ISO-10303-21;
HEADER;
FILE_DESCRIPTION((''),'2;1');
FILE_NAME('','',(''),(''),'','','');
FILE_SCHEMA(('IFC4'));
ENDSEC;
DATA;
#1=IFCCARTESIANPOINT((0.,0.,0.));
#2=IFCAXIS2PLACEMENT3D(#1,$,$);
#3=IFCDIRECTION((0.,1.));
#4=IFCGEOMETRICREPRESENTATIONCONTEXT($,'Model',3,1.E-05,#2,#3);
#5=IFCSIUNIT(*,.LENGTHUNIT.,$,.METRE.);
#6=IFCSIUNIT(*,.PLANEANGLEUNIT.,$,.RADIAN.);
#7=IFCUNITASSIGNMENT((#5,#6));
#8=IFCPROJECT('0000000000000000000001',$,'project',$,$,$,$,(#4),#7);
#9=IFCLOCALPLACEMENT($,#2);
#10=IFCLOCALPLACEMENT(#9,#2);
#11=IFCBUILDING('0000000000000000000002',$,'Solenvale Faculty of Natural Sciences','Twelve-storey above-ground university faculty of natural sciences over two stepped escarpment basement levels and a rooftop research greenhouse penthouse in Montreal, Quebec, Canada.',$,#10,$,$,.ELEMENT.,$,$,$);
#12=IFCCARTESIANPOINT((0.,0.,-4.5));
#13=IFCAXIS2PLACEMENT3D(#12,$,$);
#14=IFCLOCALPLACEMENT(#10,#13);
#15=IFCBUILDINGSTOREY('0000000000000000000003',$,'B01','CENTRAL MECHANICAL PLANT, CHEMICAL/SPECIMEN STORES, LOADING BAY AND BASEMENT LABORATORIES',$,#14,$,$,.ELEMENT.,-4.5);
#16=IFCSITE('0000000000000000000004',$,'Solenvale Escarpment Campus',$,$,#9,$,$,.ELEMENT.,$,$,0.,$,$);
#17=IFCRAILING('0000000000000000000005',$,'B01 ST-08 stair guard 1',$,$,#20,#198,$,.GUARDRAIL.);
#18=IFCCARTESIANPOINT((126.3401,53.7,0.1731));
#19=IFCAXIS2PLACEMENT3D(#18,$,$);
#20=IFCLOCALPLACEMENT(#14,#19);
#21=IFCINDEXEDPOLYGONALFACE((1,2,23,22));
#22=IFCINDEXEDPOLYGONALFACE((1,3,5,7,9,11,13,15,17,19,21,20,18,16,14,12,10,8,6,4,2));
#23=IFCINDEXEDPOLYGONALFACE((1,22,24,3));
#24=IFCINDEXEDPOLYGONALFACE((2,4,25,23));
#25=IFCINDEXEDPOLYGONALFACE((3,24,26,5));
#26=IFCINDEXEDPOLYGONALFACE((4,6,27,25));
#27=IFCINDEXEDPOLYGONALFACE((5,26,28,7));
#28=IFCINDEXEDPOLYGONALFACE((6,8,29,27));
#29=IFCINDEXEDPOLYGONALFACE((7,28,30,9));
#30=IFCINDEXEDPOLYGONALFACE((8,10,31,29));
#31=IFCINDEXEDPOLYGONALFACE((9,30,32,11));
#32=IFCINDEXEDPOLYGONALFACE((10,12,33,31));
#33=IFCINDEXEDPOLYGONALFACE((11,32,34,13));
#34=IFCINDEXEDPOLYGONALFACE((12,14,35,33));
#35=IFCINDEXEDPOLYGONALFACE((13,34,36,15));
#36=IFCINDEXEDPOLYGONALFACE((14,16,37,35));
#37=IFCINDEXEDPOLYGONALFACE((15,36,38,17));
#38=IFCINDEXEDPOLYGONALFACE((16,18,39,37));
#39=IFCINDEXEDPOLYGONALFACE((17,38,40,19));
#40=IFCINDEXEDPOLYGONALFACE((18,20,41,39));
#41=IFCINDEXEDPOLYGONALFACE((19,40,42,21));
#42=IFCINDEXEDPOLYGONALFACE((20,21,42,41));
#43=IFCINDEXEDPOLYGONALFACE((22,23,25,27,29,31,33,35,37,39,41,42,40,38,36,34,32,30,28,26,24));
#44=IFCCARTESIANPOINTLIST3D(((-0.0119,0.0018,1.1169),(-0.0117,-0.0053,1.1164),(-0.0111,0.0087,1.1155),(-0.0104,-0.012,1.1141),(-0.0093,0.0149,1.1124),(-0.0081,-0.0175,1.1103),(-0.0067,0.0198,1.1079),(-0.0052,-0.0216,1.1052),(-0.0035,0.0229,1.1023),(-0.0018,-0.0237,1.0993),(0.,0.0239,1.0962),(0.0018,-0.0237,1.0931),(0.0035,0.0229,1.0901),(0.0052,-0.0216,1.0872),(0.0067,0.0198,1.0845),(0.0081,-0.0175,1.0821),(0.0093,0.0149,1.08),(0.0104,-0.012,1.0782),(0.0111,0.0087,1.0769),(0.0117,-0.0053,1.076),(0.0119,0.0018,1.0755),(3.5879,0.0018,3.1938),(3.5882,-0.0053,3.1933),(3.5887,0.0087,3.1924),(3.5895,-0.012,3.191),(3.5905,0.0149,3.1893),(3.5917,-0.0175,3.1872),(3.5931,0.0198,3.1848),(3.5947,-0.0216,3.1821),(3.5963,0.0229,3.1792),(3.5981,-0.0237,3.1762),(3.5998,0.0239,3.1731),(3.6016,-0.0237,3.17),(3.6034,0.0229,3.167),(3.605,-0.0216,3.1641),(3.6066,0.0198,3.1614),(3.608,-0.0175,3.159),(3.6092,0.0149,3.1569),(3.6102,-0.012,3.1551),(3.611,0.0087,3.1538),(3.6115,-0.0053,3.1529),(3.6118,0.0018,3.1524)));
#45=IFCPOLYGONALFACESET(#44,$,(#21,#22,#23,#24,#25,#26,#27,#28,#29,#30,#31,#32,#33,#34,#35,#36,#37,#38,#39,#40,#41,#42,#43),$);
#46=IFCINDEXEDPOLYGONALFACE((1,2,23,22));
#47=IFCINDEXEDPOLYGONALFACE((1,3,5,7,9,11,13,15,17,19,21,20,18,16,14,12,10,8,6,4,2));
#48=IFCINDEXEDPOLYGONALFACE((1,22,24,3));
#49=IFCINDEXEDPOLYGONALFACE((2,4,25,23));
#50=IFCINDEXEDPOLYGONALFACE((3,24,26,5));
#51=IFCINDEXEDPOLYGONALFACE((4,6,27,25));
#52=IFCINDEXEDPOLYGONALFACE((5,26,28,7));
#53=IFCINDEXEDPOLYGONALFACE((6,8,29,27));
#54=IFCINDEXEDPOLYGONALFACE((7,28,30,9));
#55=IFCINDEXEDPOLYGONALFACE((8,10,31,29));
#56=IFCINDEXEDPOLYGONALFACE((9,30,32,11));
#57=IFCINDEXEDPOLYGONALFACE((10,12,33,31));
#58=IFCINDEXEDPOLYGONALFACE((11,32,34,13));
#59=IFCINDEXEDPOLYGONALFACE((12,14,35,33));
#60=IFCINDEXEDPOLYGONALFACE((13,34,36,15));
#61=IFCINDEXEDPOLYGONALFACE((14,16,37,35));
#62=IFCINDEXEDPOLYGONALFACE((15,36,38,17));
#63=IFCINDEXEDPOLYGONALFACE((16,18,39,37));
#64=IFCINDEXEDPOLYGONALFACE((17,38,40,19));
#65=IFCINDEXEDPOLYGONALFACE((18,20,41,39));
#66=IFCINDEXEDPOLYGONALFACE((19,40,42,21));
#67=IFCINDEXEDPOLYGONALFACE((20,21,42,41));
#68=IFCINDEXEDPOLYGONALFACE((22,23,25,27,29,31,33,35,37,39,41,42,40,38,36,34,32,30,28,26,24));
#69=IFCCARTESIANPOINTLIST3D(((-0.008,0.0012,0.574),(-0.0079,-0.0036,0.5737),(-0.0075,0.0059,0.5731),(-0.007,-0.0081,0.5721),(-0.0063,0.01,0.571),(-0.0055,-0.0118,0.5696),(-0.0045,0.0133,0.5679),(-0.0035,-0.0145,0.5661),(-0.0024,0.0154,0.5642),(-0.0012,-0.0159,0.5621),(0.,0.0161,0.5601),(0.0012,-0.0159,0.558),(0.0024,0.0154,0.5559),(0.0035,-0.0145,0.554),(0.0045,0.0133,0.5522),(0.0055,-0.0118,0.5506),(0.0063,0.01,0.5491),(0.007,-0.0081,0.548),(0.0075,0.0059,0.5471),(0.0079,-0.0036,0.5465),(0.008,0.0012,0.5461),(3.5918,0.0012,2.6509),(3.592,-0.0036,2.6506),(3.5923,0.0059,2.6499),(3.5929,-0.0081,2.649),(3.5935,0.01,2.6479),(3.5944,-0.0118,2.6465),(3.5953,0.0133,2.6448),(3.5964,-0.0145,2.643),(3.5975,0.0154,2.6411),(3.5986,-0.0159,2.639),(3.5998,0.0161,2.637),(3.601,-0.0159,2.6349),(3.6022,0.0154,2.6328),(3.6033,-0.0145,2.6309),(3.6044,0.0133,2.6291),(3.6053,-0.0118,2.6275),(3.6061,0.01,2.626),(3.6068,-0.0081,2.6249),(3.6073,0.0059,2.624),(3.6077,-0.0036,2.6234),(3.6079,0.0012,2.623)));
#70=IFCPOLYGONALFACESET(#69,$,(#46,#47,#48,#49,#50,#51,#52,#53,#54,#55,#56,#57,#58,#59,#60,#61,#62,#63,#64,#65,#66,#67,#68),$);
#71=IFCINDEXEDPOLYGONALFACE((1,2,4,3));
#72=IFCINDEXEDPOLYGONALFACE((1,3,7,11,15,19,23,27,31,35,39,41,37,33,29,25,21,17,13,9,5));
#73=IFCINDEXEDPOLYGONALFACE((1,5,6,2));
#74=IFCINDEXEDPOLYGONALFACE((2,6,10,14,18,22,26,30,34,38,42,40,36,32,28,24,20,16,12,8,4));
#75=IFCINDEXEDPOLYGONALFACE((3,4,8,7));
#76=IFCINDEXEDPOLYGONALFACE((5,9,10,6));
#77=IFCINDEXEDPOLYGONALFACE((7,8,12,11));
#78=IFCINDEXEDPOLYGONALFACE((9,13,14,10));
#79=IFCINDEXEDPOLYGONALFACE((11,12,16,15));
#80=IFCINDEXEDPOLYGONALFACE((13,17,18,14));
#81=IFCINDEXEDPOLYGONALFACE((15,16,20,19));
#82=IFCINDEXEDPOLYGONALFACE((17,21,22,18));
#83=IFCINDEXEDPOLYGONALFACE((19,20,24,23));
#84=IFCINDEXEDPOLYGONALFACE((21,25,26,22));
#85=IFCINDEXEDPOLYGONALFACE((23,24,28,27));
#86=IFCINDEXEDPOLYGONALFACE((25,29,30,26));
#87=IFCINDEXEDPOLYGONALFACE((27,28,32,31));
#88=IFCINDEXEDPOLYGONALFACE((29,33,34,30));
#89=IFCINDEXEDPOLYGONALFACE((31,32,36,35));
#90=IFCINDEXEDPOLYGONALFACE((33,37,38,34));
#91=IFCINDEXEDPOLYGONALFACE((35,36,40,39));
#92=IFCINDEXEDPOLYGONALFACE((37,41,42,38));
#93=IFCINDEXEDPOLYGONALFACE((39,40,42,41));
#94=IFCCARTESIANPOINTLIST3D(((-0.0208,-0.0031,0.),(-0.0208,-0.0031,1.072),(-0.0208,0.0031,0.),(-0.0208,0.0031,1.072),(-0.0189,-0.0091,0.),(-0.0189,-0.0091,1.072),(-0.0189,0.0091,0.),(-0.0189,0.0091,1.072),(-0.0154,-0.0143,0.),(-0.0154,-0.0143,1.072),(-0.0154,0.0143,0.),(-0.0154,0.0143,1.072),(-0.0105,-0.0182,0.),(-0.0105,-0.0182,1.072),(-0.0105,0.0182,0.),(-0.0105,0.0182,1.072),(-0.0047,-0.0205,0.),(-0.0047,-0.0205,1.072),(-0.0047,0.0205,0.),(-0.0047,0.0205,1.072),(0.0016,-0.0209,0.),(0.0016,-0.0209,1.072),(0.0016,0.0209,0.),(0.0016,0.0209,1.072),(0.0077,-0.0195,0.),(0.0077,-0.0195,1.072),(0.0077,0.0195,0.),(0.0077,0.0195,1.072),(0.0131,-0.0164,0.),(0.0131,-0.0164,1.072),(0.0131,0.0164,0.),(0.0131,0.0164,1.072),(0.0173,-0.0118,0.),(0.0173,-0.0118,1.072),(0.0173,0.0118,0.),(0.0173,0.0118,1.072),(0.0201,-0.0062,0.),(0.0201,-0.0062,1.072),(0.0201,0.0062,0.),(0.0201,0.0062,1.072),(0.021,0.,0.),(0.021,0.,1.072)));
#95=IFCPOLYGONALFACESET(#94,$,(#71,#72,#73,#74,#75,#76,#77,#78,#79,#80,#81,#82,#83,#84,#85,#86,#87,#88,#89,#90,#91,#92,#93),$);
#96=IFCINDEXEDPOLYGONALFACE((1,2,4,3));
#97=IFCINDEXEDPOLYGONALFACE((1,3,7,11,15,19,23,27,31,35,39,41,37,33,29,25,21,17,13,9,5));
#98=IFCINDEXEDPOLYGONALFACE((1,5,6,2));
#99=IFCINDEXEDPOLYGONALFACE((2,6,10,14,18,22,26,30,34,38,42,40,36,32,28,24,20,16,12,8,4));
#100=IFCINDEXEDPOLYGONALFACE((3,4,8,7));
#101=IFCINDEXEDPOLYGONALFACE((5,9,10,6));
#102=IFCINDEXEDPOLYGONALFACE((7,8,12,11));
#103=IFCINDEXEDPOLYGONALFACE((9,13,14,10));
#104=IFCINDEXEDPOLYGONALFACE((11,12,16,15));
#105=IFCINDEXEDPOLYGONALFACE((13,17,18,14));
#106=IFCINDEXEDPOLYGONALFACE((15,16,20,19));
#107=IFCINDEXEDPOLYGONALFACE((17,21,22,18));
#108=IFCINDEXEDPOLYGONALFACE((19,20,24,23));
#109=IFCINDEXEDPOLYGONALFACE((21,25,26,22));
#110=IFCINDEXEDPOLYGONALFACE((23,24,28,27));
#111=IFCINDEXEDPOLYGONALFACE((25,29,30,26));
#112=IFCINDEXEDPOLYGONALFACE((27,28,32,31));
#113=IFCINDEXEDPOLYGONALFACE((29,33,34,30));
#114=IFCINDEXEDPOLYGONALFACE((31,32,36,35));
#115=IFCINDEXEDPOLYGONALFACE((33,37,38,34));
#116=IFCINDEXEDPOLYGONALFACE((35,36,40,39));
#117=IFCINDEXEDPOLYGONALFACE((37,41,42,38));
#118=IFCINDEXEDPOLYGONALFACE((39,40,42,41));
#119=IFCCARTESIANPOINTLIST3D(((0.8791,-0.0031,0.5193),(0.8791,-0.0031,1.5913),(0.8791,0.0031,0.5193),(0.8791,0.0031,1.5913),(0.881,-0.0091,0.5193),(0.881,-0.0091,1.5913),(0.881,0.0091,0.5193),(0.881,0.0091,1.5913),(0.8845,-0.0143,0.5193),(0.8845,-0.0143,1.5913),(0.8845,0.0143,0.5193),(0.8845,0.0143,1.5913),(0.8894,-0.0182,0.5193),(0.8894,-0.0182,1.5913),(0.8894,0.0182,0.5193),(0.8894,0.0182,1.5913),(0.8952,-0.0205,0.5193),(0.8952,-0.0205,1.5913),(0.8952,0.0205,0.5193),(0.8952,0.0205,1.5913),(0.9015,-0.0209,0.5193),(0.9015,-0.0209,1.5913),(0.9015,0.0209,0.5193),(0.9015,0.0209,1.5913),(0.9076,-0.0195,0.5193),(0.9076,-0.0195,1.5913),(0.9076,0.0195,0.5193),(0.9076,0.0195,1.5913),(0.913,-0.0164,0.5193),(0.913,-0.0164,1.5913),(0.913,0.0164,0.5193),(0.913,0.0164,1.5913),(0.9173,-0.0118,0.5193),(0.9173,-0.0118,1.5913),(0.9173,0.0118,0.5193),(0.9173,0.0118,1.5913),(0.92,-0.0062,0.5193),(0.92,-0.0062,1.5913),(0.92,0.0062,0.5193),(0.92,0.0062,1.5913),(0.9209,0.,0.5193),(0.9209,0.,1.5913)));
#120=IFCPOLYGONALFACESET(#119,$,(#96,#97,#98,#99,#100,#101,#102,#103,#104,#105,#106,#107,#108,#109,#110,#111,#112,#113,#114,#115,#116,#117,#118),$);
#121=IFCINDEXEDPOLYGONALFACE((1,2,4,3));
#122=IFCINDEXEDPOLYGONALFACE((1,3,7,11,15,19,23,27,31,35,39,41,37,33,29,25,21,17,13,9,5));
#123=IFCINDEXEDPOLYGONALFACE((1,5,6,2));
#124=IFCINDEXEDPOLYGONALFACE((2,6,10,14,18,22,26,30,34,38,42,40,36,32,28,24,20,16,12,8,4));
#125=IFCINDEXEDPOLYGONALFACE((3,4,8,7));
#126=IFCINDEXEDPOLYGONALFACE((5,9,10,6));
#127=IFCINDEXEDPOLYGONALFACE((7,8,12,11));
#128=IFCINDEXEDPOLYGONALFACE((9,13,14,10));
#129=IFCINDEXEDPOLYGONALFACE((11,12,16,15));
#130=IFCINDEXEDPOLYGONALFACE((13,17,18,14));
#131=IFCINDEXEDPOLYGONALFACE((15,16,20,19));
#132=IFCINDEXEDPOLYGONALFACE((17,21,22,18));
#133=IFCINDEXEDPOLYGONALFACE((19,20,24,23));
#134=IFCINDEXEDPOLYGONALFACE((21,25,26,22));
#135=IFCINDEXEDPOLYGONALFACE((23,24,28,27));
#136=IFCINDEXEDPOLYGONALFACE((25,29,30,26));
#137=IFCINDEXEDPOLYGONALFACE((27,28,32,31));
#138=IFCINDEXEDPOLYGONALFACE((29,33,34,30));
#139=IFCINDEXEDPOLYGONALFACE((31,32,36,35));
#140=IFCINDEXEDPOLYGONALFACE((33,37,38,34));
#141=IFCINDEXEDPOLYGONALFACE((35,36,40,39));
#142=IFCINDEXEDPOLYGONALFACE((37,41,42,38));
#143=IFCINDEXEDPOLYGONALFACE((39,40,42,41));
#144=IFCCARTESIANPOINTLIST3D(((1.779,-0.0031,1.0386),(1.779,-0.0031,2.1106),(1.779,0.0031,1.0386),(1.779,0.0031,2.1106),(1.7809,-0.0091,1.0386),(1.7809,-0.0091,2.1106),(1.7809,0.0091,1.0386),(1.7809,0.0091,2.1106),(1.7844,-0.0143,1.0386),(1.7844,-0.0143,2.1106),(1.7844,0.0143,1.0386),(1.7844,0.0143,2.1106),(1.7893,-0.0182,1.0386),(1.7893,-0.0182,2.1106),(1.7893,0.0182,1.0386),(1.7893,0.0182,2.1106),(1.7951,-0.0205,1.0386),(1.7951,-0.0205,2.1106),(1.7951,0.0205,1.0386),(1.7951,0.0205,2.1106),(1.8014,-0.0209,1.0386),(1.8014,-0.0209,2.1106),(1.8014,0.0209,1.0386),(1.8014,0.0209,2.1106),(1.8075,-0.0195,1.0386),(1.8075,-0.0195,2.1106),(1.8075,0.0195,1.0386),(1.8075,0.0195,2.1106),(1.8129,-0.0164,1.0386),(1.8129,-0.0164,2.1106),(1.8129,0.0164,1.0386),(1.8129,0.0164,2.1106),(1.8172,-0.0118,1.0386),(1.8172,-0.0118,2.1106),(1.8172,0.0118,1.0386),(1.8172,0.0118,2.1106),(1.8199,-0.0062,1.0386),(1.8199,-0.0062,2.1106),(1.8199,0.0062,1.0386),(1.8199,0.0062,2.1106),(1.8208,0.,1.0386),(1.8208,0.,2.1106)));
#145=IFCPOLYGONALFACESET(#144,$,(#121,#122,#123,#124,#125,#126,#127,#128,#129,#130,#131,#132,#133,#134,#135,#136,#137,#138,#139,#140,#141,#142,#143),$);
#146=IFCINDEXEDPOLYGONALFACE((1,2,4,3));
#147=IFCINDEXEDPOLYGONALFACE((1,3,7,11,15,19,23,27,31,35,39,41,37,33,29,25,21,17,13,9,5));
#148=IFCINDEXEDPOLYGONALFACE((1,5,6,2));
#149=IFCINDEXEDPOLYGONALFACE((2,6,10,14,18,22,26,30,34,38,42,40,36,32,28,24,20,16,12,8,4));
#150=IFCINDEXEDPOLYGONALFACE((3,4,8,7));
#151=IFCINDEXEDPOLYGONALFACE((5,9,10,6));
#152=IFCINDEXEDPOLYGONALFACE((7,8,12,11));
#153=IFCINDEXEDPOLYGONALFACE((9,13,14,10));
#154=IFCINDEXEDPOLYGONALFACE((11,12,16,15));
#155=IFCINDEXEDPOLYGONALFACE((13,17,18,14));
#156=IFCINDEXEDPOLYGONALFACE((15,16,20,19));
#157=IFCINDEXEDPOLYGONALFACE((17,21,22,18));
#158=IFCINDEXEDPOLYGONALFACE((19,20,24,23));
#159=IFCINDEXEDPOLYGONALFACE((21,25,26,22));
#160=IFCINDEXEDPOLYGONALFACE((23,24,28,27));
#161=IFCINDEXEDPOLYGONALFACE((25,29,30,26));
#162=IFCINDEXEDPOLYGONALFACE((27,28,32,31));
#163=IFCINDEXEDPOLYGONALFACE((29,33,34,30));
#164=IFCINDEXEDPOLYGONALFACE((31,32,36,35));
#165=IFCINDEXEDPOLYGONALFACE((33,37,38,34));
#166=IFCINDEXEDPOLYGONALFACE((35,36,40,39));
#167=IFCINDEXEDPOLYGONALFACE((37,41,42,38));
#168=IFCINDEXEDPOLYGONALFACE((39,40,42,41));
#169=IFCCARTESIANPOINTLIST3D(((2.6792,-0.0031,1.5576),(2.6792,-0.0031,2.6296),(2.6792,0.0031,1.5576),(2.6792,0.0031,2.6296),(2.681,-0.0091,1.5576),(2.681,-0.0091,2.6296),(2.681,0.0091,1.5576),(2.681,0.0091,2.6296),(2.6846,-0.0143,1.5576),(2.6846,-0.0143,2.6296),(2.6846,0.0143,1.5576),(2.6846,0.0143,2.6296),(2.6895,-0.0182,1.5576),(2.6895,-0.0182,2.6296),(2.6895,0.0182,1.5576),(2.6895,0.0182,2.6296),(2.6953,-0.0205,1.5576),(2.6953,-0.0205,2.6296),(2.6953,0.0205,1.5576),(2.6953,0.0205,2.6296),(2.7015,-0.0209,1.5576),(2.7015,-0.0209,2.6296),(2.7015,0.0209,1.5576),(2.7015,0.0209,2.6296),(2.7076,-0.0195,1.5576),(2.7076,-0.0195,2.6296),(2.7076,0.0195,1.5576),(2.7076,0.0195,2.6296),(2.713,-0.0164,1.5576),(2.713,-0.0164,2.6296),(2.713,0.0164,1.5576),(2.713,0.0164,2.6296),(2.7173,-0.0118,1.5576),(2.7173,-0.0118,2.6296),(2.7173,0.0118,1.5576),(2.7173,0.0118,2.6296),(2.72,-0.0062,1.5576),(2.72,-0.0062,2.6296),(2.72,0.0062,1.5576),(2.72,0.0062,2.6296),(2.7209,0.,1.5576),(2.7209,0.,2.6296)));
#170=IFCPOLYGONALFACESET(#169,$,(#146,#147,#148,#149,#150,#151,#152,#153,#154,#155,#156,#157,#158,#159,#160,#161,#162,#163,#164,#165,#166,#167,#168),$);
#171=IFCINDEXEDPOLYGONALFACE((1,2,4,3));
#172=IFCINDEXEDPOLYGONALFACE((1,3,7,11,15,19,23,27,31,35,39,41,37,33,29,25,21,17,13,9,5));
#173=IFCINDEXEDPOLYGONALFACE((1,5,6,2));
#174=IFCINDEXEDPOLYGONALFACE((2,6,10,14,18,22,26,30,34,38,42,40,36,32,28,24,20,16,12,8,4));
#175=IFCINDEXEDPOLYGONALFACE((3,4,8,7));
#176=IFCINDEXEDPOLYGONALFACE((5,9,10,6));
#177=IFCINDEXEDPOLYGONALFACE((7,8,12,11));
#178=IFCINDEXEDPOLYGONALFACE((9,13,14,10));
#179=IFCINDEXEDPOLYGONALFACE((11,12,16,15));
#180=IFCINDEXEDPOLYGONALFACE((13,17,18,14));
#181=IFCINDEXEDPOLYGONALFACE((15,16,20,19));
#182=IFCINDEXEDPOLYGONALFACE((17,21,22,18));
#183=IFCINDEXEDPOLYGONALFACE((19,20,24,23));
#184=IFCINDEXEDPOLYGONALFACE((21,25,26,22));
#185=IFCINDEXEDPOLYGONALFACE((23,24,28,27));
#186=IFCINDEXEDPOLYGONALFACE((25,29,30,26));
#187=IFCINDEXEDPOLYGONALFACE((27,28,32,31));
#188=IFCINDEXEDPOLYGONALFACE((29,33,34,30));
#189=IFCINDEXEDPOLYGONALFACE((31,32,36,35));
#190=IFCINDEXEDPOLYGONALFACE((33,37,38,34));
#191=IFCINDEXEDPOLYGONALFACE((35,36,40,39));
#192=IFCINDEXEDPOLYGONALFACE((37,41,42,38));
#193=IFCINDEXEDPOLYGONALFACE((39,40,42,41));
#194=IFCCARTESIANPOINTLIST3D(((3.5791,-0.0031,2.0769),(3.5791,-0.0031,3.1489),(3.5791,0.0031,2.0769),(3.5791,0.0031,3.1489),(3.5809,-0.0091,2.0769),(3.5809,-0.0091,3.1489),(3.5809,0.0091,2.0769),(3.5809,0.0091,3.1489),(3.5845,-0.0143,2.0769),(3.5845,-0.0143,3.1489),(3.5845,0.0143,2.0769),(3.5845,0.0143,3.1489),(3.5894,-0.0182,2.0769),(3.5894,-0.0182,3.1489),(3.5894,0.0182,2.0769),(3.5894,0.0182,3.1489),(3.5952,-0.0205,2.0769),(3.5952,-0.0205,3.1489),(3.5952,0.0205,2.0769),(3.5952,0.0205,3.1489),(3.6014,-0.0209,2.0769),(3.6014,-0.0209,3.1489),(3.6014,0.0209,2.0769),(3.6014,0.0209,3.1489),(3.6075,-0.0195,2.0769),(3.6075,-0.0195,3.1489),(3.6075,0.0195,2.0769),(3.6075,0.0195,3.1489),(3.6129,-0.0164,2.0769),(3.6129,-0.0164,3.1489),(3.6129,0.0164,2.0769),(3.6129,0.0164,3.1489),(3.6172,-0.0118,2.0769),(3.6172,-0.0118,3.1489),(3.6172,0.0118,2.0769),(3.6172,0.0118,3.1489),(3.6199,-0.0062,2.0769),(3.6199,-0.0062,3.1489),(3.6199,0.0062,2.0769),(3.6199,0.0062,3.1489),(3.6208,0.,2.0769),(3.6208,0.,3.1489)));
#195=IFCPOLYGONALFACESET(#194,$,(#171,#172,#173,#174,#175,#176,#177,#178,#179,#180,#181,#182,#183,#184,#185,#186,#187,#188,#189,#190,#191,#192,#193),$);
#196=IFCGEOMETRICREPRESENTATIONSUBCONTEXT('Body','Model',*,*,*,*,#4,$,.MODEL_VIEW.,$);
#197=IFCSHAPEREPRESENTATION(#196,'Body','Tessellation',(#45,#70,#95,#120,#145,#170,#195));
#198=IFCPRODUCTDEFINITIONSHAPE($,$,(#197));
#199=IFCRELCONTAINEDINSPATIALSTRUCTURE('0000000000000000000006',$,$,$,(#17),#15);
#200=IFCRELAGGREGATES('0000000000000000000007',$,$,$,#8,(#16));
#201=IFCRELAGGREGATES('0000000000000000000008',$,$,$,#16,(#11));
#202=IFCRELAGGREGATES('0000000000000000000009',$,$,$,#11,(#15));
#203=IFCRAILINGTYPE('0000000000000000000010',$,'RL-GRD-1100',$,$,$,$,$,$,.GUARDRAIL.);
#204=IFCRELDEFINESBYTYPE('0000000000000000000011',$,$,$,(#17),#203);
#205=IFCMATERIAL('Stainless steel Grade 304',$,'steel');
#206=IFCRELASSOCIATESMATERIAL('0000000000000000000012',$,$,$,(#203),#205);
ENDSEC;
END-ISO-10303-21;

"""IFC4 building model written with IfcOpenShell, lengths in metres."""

from ifc_helpers import new_model, si_unit, direction, frame, origin, origin_2d, place, context, subcontext, project, spatial, circle, extrude, material, type_object, element, save


model = new_model("IFC4")

# Units and contexts
model_context = context("Model", 3, precision=1e-05, world=origin(), true_north=direction((0.0, 1.0)))
body_context = subcontext(model_context, "Body", "Model", "MODEL_VIEW")
ifc_project = project(units=[si_unit("LENGTHUNIT", "METRE"), si_unit("PLANEANGLEUNIT", "RADIAN")], contexts=[model_context])

# Site, building, storey
site_placement = place(None, origin())
site = spatial("IfcSite", under=ifc_project, at=site_placement, Name="Solenvale Escarpment Campus", CompositionType="ELEMENT", RefElevation=0.0)
building_placement = place(site_placement, origin())
building = spatial("IfcBuilding", under=site, at=building_placement, Name="Solenvale Faculty of Natural Sciences", Description="Twelve-storey above-ground university faculty of natural sciences over two stepped escarpment basement levels and a rooftop research greenhouse penthouse in Montreal, Quebec, Canada.", CompositionType="ELEMENT")
storey_placement = place(building_placement, frame((0.0, 0.0, -4.5)))
storey = spatial("IfcBuildingStorey", under=building, at=storey_placement, Name="B01", Description="CENTRAL MECHANICAL PLANT, CHEMICAL/SPECIMEN STORES, LOADING BAY AND BASEMENT LABORATORIES", CompositionType="ELEMENT", Elevation=-4.5)

# Railing
ifc_material_1 = material(Name="Stainless steel Grade 304", Category="steel")
railing_type_1 = type_object("IfcRailingType", Name="RL-GRD-1100", PredefinedType="GUARDRAIL", material=ifc_material_1)
railing_1_placement = place(storey_placement, frame((126.3401, 53.7, 0.1731)))
element("IfcRailing", 1, at=railing_1_placement, inside=storey, type_object=railing_type_1, Name="B01 ST-08 stair guard 1", PredefinedType="GUARDRAIL", context=body_context, shape_type="SweptSolid", body=[
    extrude(circle(Radius=0.0239, at=origin_2d()), frame((0.0, 0.0, 1.0962), z_axis=(0.866179, 0.0, 0.499734), x_axis=(0.0, 1.0, 0.0)), (0.0, 0.0, 1.0), 4.156),
    extrude(circle(Radius=0.0161, at=origin_2d()), frame((0.0, 0.0, 0.5601), z_axis=(0.866179, 0.0, 0.499734), x_axis=(0.0, 1.0, 0.0)), (0.0, 0.0, 1.0), 4.156),
    extrude(circle(Radius=0.021, at=origin_2d()), origin(), (0.0, 0.0, 1.0), 1.072),
    extrude(circle(Radius=0.021, at=origin_2d()), frame((0.8999, 0.0, 0.5193)), (0.0, 0.0, 1.0), 1.072),
    extrude(circle(Radius=0.021, at=origin_2d()), frame((1.7998, 0.0, 1.0386)), (0.0, 0.0, 1.0), 1.072),
    extrude(circle(Radius=0.021, at=origin_2d()), frame((2.7, 0.0, 1.5576)), (0.0, 0.0, 1.0), 1.072),
    extrude(circle(Radius=0.021, at=origin_2d()), frame((3.5999, 0.0, 2.0769)), (0.0, 0.0, 1.0), 1.072),
])

save(model, "model.ifc")
